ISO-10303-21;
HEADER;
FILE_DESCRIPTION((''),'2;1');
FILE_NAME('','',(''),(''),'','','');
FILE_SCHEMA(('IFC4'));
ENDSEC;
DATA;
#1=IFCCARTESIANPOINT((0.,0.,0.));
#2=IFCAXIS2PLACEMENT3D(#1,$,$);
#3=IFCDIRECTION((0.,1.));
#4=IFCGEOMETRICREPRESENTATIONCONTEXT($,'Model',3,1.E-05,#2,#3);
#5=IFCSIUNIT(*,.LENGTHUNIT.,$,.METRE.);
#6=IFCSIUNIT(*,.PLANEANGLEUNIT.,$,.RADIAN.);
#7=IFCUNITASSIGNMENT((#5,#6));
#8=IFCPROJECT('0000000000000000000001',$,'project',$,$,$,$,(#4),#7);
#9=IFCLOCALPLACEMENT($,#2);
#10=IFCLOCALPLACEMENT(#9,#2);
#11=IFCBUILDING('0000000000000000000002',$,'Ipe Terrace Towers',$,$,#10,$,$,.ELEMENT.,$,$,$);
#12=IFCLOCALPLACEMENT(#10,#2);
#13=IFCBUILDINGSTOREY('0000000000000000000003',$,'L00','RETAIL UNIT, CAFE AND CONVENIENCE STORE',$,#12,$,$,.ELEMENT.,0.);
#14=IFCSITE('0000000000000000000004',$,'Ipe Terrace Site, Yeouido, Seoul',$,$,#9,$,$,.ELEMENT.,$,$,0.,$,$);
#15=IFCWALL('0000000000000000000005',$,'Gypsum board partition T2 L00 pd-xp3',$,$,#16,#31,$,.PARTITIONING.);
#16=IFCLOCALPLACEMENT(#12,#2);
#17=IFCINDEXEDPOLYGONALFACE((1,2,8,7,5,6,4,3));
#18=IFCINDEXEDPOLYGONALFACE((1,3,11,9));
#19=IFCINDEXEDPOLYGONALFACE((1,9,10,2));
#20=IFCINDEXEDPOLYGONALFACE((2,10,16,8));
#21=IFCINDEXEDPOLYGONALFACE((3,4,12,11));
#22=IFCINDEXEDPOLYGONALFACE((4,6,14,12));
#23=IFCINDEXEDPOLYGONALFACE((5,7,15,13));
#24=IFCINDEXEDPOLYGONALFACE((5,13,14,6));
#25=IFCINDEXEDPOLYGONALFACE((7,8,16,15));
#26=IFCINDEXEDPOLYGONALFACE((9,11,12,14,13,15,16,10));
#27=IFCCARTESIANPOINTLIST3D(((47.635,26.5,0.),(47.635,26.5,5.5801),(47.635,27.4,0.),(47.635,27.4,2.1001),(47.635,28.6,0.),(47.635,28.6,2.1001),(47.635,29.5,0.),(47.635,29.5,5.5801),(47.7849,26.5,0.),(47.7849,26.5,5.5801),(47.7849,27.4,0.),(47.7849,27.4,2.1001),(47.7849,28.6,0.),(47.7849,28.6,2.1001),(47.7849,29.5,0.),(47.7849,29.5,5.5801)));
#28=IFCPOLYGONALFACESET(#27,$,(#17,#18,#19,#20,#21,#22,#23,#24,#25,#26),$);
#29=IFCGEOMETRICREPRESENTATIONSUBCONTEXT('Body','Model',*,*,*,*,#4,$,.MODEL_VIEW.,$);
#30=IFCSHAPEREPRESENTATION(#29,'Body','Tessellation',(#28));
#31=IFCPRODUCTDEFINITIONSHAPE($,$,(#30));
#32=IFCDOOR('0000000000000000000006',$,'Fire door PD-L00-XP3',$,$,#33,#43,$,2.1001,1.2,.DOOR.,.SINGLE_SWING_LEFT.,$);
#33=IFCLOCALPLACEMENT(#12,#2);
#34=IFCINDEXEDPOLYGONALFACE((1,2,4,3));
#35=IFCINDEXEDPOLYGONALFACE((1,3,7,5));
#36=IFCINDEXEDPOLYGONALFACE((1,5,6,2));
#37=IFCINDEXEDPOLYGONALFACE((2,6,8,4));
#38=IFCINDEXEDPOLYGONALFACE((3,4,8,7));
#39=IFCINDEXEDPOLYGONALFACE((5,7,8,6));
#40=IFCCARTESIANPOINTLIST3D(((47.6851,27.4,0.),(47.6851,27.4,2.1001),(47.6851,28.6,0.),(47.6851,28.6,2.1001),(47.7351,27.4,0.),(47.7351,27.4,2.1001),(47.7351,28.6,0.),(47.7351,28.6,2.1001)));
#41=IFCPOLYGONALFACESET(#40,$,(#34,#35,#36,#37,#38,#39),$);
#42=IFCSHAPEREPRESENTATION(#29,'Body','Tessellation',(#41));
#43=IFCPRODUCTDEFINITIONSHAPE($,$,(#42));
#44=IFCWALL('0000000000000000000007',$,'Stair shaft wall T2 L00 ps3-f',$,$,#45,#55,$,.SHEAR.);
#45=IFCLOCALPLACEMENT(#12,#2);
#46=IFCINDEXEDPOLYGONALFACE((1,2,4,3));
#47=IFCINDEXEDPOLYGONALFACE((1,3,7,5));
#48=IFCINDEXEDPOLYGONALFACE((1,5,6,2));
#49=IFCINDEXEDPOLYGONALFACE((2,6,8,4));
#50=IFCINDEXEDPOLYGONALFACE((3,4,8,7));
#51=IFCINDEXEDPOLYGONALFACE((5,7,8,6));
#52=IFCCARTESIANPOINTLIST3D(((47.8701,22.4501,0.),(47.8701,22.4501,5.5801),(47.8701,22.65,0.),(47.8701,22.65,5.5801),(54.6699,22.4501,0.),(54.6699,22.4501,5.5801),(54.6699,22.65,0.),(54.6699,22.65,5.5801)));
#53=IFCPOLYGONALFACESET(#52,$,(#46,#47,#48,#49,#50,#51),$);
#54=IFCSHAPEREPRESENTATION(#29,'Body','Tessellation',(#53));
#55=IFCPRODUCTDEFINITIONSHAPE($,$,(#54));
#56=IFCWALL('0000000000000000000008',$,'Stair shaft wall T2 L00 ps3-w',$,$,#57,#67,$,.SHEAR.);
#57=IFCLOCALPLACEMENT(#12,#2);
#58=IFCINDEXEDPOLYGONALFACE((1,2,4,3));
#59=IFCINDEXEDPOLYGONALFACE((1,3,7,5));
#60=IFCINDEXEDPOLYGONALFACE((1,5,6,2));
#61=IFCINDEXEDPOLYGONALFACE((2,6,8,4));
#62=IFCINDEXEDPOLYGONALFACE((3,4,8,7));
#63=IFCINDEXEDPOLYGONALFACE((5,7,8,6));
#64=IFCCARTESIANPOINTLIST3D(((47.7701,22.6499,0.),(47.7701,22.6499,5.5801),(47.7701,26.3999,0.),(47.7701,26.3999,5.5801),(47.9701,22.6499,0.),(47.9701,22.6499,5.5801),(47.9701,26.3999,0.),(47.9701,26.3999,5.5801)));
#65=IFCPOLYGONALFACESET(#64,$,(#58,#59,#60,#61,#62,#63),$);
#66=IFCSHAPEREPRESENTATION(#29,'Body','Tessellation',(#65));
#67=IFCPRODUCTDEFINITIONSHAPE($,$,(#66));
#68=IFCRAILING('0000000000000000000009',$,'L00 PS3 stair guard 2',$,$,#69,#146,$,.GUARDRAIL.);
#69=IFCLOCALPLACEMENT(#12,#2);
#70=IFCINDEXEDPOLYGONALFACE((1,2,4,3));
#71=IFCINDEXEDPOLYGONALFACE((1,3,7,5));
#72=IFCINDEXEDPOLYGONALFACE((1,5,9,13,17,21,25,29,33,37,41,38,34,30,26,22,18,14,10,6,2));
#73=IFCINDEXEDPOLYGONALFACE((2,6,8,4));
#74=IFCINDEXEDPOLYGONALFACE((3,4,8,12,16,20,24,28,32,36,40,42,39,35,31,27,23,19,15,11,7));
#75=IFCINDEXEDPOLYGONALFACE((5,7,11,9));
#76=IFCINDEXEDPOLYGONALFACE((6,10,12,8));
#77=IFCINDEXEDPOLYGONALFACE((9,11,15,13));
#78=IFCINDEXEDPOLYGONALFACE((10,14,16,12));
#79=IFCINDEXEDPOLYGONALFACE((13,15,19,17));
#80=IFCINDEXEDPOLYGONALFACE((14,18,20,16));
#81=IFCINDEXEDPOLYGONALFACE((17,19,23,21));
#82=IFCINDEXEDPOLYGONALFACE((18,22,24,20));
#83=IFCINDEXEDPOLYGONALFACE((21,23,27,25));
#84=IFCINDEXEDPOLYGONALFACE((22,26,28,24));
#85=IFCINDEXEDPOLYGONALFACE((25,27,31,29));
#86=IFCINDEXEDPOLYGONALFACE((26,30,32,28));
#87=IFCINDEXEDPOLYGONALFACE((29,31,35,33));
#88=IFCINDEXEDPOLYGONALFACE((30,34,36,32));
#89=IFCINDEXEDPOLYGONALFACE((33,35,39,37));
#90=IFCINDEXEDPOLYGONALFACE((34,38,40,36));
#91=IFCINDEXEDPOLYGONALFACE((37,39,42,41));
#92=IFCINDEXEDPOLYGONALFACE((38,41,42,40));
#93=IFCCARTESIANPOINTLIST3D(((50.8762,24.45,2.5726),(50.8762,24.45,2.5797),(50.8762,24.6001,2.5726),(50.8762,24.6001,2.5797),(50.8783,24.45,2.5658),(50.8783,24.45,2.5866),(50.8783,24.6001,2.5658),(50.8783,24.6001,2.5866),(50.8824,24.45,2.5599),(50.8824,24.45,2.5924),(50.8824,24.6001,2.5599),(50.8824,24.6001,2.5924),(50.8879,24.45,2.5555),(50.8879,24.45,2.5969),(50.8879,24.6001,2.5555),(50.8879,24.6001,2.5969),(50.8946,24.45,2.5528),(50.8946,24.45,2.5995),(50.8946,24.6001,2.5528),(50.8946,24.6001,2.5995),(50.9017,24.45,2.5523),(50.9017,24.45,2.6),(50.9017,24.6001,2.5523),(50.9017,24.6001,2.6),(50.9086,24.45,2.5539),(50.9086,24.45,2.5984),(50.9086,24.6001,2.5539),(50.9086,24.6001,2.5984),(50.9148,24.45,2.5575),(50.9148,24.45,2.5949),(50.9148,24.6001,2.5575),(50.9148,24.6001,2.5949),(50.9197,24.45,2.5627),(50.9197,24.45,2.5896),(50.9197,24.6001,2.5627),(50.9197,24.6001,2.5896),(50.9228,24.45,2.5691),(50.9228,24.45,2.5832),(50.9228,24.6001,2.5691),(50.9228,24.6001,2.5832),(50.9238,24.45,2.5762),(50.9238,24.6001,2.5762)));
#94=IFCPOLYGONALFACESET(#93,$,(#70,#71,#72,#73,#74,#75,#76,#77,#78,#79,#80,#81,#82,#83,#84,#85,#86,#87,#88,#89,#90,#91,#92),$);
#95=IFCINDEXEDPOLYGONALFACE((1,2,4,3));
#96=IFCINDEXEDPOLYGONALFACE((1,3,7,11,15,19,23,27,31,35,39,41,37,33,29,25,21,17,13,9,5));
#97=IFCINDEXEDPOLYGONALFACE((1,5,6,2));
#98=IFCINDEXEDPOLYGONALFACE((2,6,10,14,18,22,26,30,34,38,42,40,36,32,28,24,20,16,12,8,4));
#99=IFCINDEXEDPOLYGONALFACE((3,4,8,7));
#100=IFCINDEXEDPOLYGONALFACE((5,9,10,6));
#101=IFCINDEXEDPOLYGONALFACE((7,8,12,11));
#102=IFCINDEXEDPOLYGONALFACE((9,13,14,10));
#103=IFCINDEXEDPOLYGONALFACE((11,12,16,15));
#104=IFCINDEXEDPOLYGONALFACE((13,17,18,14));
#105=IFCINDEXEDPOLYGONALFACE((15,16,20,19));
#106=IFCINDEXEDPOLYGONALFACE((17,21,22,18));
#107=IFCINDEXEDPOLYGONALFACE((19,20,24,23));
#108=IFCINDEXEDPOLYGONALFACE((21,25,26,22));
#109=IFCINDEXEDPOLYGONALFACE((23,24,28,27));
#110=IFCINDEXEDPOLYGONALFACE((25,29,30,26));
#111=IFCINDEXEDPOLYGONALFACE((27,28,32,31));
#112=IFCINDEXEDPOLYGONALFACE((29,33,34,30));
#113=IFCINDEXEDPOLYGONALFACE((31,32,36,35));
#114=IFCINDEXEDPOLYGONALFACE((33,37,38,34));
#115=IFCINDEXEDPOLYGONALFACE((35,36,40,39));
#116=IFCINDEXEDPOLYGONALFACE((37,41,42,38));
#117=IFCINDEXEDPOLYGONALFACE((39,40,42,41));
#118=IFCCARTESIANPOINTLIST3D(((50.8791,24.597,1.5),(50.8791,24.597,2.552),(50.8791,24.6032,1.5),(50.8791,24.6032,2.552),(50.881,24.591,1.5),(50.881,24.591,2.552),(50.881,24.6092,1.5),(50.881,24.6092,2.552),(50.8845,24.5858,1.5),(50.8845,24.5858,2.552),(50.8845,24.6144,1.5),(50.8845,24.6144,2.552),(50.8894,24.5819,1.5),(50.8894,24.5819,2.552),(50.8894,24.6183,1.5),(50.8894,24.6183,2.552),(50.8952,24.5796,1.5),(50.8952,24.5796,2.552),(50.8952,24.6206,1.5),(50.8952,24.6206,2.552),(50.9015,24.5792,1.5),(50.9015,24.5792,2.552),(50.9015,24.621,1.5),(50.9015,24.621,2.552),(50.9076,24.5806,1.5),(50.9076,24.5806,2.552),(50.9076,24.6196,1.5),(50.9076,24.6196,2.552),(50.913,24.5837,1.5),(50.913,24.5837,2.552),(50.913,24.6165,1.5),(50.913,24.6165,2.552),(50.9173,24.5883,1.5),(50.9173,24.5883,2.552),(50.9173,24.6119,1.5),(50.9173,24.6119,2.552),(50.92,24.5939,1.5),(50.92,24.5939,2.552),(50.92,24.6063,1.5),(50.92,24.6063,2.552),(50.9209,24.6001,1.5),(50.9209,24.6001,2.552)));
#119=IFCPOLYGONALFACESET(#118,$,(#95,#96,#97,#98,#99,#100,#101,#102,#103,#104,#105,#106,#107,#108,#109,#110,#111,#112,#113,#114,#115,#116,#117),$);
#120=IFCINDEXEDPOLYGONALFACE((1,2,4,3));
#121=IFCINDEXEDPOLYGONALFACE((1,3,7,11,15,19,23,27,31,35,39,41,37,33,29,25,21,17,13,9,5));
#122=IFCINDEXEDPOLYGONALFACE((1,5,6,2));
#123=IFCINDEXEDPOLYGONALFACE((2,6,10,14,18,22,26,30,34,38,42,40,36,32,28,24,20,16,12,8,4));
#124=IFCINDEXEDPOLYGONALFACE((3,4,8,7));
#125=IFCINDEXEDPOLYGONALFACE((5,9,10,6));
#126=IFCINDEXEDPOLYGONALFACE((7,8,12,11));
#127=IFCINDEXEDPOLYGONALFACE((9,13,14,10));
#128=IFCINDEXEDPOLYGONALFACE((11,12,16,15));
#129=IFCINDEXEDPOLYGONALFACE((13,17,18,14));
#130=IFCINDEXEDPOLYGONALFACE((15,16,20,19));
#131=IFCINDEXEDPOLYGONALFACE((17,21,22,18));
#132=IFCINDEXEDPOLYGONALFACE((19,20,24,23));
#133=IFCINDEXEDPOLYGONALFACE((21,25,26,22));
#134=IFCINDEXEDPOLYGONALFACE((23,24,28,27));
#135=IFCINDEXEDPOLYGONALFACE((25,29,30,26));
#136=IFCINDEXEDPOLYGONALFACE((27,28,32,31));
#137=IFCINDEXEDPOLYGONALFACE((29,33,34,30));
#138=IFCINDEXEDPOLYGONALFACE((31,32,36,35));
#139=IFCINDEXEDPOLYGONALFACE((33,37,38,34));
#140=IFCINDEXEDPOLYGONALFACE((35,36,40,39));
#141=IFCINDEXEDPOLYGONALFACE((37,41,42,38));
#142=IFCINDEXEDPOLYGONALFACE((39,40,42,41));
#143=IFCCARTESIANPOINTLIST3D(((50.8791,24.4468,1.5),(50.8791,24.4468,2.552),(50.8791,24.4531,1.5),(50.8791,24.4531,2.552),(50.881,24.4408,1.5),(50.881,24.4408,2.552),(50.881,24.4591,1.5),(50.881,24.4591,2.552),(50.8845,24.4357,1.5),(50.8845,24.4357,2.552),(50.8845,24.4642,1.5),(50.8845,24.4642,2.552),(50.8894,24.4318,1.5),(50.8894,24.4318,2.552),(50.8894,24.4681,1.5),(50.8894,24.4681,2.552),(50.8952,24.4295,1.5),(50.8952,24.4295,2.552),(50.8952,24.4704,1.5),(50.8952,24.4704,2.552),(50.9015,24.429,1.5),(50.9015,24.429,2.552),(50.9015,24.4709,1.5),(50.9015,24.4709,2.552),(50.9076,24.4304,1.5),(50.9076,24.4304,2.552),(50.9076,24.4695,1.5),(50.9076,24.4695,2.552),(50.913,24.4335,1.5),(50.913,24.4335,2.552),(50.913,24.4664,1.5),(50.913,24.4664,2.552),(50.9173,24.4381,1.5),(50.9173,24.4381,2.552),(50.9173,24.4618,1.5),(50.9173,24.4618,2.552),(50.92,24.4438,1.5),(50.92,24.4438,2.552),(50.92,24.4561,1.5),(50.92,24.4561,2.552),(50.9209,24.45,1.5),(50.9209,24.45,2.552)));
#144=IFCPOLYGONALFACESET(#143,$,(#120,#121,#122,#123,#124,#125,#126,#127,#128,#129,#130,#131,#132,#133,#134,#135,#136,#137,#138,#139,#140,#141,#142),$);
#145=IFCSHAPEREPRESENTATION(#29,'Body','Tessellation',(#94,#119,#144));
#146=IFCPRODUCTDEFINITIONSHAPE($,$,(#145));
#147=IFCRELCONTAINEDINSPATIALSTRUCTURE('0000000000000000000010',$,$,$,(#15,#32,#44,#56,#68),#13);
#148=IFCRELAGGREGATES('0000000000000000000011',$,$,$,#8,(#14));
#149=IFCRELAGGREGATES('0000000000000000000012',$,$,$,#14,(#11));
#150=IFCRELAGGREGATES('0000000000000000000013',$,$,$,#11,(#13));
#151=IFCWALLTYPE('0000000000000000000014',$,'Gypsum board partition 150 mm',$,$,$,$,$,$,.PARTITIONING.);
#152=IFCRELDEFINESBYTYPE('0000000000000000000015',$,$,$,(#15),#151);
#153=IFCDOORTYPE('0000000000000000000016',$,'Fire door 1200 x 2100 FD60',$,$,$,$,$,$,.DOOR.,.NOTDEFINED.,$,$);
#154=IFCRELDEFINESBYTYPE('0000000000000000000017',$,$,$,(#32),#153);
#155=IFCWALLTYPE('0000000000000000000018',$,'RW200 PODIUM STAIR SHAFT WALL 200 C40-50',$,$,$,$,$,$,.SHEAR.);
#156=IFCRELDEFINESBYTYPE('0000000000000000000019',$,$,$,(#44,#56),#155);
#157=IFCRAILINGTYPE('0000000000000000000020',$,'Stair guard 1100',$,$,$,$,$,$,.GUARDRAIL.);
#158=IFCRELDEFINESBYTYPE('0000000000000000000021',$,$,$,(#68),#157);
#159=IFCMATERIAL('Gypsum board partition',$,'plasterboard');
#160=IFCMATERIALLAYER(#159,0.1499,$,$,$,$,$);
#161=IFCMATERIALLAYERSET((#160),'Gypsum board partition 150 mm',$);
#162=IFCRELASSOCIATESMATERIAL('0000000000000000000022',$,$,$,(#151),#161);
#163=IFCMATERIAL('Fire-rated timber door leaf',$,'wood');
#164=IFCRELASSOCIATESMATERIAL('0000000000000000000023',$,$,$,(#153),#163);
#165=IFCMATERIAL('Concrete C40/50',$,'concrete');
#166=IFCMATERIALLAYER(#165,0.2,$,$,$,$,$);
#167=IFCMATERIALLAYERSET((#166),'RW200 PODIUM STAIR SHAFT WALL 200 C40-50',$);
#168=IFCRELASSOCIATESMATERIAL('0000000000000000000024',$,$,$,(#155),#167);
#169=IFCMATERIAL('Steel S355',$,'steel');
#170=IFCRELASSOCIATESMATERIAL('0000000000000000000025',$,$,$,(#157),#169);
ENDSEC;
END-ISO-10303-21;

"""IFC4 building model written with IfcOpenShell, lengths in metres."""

from ifc_helpers import new_model, si_unit, direction, frame, frame_2d, origin, origin_2d, place, context, subcontext, project, spatial, rectangle, circle, extrude, material, layer, layer_set, type_object, element, fill, save


model = new_model("IFC4")

# Units and contexts
model_context = context("Model", 3, precision=1e-05, world=origin(), true_north=direction((0.0, 1.0)))
body_context = subcontext(model_context, "Body", "Model", "MODEL_VIEW")
ifc_project = project(units=[si_unit("LENGTHUNIT", "METRE"), si_unit("PLANEANGLEUNIT", "RADIAN")], contexts=[model_context])

# Site, building, storey
site_placement = place(None, origin())
site = spatial("IfcSite", under=ifc_project, at=site_placement, Name="Ipe Terrace Site, Yeouido, Seoul", CompositionType="ELEMENT", RefElevation=0.0)
building_placement = place(site_placement, origin())
building = spatial("IfcBuilding", under=site, at=building_placement, Name="Ipe Terrace Towers", CompositionType="ELEMENT")
storey_placement = place(building_placement, origin())
storey = spatial("IfcBuildingStorey", under=building, at=storey_placement, Name="L00", Description="RETAIL UNIT, CAFE AND CONVENIENCE STORE", CompositionType="ELEMENT", Elevation=0.0)

# Shared definitions
ifc_material_1 = material(Name="Gypsum board partition", Category="plasterboard")
ifc_layer_1 = layer(ifc_material_1, 0.1499)
ifc_layer_set_1 = layer_set([ifc_layer_1], Name="Gypsum board partition 150 mm")
wall_type_1 = type_object("IfcWallType", Name="Gypsum board partition 150 mm", PredefinedType="PARTITIONING", material=ifc_layer_set_1)

# Wall, opening, door
wall_1_placement = place(storey_placement, frame((47.71, 26.5, 0.0), z_axis=(0.0, 0.0, 1.0), x_axis=(0.0, 1.0, 0.0)))
wall_1 = element("IfcWall", 1, at=wall_1_placement, inside=storey, type_object=wall_type_1, Name="Gypsum board partition T2 L00 pd-xp3", PredefinedType="PARTITIONING", context=body_context, shape_type="SweptSolid", body=[
    extrude(rectangle(XDim=3.0, YDim=0.1499, at=frame_2d((1.5, 0.0))), origin(), (0.0, 0.0, 1.0), 5.5801),
])
opening_1_placement = place(wall_1_placement, frame((0.8999, 0.0, 0.0)))
opening_1 = element("IfcOpeningElement", 2, at=opening_1_placement, cuts=wall_1, PredefinedType="OPENING", context=body_context, shape_type="SweptSolid", body=[
    extrude(rectangle(XDim=1.2, YDim=2.1001, at=frame_2d((0.6001, 1.05))), frame((0.0, 0.085, 0.0), z_axis=(0.0, -1.0, 0.0), x_axis=(1.0, 0.0, 0.0)), (0.0, 0.0, 1.0), 0.1699),
])
ifc_material_2 = material(Name="Fire-rated timber door leaf", Category="wood")
door_type_1 = type_object("IfcDoorType", Name="Fire door 1200 x 2100 FD60", OperationType="NOTDEFINED", PredefinedType="DOOR", material=ifc_material_2)
door_1_placement = place(opening_1_placement, origin())
door_1 = element("IfcDoor", 3, at=door_1_placement, inside=storey, type_object=door_type_1, Name="Fire door PD-L00-XP3", OperationType="SINGLE_SWING_LEFT", OverallHeight=2.1001, OverallWidth=1.2, PredefinedType="DOOR", context=body_context, shape_type="SweptSolid", body=[
    extrude(rectangle(XDim=1.2, YDim=2.1001, at=frame_2d((0.6001, 1.05))), frame((0.0, 0.0249, 0.0), z_axis=(0.0, -1.0, 0.0), x_axis=(1.0, 0.0, 0.0)), (0.0, 0.0, 1.0), 0.05),
])
fill(opening_1, door_1)

# Walls
ifc_material_3 = material(Name="Concrete C40/50", Category="concrete")
ifc_layer_2 = layer(ifc_material_3, 0.2)
ifc_layer_set_2 = layer_set([ifc_layer_2], Name="RW200 PODIUM STAIR SHAFT WALL 200 C40-50")
wall_type_2 = type_object("IfcWallType", Name="RW200 PODIUM STAIR SHAFT WALL 200 C40-50", PredefinedType="SHEAR", material=ifc_layer_set_2)
wall_2_placement = place(storey_placement, frame((47.8701, 22.55, 0.0), z_axis=(0.0, 0.0, 1.0), x_axis=(1.0, 0.0, 0.0)))
element("IfcWall", 4, at=wall_2_placement, inside=storey, type_object=wall_type_2, Name="Stair shaft wall T2 L00 ps3-f", PredefinedType="SHEAR", context=body_context, shape_type="SweptSolid", body=[
    extrude(rectangle(XDim=6.7998, YDim=0.2, at=frame_2d((3.3999, 0.0))), origin(), (0.0, 0.0, 1.0), 5.5801),
])
wall_3_placement = place(storey_placement, frame((47.8701, 22.6499, 0.0), z_axis=(0.0, 0.0, 1.0), x_axis=(0.0, 1.0, 0.0)))
element("IfcWall", 5, at=wall_3_placement, inside=storey, type_object=wall_type_2, Name="Stair shaft wall T2 L00 ps3-w", PredefinedType="SHEAR", context=body_context, shape_type="SweptSolid", body=[
    extrude(rectangle(XDim=3.75, YDim=0.2, at=frame_2d((1.875, 0.0))), origin(), (0.0, 0.0, 1.0), 5.5801),
])

# Railing
ifc_material_4 = material(Name="Steel S355", Category="steel")
railing_type_1 = type_object("IfcRailingType", Name="Stair guard 1100", PredefinedType="GUARDRAIL", material=ifc_material_4)
railing_1_placement = place(storey_placement, frame((50.8999, 24.6001, 1.5)))
element("IfcRailing", 6, at=railing_1_placement, inside=storey, type_object=railing_type_1, Name="L00 PS3 stair guard 2", PredefinedType="GUARDRAIL", context=body_context, shape_type="SweptSolid", body=[
    extrude(circle(Radius=0.0239, at=origin_2d()), frame((0.0, 0.0, 1.0762), z_axis=(0.0, -1.0, 0.0), x_axis=(1.0, 0.0, 0.0)), (0.0, 0.0, 1.0), 0.1501),
    extrude(circle(Radius=0.021, at=origin_2d()), origin(), (0.0, 0.0, 1.0), 1.052),
    extrude(circle(Radius=0.021, at=origin_2d()), frame((0.0, -0.1501, 0.0)), (0.0, 0.0, 1.0), 1.052),
])

save(model, "model.ifc")
